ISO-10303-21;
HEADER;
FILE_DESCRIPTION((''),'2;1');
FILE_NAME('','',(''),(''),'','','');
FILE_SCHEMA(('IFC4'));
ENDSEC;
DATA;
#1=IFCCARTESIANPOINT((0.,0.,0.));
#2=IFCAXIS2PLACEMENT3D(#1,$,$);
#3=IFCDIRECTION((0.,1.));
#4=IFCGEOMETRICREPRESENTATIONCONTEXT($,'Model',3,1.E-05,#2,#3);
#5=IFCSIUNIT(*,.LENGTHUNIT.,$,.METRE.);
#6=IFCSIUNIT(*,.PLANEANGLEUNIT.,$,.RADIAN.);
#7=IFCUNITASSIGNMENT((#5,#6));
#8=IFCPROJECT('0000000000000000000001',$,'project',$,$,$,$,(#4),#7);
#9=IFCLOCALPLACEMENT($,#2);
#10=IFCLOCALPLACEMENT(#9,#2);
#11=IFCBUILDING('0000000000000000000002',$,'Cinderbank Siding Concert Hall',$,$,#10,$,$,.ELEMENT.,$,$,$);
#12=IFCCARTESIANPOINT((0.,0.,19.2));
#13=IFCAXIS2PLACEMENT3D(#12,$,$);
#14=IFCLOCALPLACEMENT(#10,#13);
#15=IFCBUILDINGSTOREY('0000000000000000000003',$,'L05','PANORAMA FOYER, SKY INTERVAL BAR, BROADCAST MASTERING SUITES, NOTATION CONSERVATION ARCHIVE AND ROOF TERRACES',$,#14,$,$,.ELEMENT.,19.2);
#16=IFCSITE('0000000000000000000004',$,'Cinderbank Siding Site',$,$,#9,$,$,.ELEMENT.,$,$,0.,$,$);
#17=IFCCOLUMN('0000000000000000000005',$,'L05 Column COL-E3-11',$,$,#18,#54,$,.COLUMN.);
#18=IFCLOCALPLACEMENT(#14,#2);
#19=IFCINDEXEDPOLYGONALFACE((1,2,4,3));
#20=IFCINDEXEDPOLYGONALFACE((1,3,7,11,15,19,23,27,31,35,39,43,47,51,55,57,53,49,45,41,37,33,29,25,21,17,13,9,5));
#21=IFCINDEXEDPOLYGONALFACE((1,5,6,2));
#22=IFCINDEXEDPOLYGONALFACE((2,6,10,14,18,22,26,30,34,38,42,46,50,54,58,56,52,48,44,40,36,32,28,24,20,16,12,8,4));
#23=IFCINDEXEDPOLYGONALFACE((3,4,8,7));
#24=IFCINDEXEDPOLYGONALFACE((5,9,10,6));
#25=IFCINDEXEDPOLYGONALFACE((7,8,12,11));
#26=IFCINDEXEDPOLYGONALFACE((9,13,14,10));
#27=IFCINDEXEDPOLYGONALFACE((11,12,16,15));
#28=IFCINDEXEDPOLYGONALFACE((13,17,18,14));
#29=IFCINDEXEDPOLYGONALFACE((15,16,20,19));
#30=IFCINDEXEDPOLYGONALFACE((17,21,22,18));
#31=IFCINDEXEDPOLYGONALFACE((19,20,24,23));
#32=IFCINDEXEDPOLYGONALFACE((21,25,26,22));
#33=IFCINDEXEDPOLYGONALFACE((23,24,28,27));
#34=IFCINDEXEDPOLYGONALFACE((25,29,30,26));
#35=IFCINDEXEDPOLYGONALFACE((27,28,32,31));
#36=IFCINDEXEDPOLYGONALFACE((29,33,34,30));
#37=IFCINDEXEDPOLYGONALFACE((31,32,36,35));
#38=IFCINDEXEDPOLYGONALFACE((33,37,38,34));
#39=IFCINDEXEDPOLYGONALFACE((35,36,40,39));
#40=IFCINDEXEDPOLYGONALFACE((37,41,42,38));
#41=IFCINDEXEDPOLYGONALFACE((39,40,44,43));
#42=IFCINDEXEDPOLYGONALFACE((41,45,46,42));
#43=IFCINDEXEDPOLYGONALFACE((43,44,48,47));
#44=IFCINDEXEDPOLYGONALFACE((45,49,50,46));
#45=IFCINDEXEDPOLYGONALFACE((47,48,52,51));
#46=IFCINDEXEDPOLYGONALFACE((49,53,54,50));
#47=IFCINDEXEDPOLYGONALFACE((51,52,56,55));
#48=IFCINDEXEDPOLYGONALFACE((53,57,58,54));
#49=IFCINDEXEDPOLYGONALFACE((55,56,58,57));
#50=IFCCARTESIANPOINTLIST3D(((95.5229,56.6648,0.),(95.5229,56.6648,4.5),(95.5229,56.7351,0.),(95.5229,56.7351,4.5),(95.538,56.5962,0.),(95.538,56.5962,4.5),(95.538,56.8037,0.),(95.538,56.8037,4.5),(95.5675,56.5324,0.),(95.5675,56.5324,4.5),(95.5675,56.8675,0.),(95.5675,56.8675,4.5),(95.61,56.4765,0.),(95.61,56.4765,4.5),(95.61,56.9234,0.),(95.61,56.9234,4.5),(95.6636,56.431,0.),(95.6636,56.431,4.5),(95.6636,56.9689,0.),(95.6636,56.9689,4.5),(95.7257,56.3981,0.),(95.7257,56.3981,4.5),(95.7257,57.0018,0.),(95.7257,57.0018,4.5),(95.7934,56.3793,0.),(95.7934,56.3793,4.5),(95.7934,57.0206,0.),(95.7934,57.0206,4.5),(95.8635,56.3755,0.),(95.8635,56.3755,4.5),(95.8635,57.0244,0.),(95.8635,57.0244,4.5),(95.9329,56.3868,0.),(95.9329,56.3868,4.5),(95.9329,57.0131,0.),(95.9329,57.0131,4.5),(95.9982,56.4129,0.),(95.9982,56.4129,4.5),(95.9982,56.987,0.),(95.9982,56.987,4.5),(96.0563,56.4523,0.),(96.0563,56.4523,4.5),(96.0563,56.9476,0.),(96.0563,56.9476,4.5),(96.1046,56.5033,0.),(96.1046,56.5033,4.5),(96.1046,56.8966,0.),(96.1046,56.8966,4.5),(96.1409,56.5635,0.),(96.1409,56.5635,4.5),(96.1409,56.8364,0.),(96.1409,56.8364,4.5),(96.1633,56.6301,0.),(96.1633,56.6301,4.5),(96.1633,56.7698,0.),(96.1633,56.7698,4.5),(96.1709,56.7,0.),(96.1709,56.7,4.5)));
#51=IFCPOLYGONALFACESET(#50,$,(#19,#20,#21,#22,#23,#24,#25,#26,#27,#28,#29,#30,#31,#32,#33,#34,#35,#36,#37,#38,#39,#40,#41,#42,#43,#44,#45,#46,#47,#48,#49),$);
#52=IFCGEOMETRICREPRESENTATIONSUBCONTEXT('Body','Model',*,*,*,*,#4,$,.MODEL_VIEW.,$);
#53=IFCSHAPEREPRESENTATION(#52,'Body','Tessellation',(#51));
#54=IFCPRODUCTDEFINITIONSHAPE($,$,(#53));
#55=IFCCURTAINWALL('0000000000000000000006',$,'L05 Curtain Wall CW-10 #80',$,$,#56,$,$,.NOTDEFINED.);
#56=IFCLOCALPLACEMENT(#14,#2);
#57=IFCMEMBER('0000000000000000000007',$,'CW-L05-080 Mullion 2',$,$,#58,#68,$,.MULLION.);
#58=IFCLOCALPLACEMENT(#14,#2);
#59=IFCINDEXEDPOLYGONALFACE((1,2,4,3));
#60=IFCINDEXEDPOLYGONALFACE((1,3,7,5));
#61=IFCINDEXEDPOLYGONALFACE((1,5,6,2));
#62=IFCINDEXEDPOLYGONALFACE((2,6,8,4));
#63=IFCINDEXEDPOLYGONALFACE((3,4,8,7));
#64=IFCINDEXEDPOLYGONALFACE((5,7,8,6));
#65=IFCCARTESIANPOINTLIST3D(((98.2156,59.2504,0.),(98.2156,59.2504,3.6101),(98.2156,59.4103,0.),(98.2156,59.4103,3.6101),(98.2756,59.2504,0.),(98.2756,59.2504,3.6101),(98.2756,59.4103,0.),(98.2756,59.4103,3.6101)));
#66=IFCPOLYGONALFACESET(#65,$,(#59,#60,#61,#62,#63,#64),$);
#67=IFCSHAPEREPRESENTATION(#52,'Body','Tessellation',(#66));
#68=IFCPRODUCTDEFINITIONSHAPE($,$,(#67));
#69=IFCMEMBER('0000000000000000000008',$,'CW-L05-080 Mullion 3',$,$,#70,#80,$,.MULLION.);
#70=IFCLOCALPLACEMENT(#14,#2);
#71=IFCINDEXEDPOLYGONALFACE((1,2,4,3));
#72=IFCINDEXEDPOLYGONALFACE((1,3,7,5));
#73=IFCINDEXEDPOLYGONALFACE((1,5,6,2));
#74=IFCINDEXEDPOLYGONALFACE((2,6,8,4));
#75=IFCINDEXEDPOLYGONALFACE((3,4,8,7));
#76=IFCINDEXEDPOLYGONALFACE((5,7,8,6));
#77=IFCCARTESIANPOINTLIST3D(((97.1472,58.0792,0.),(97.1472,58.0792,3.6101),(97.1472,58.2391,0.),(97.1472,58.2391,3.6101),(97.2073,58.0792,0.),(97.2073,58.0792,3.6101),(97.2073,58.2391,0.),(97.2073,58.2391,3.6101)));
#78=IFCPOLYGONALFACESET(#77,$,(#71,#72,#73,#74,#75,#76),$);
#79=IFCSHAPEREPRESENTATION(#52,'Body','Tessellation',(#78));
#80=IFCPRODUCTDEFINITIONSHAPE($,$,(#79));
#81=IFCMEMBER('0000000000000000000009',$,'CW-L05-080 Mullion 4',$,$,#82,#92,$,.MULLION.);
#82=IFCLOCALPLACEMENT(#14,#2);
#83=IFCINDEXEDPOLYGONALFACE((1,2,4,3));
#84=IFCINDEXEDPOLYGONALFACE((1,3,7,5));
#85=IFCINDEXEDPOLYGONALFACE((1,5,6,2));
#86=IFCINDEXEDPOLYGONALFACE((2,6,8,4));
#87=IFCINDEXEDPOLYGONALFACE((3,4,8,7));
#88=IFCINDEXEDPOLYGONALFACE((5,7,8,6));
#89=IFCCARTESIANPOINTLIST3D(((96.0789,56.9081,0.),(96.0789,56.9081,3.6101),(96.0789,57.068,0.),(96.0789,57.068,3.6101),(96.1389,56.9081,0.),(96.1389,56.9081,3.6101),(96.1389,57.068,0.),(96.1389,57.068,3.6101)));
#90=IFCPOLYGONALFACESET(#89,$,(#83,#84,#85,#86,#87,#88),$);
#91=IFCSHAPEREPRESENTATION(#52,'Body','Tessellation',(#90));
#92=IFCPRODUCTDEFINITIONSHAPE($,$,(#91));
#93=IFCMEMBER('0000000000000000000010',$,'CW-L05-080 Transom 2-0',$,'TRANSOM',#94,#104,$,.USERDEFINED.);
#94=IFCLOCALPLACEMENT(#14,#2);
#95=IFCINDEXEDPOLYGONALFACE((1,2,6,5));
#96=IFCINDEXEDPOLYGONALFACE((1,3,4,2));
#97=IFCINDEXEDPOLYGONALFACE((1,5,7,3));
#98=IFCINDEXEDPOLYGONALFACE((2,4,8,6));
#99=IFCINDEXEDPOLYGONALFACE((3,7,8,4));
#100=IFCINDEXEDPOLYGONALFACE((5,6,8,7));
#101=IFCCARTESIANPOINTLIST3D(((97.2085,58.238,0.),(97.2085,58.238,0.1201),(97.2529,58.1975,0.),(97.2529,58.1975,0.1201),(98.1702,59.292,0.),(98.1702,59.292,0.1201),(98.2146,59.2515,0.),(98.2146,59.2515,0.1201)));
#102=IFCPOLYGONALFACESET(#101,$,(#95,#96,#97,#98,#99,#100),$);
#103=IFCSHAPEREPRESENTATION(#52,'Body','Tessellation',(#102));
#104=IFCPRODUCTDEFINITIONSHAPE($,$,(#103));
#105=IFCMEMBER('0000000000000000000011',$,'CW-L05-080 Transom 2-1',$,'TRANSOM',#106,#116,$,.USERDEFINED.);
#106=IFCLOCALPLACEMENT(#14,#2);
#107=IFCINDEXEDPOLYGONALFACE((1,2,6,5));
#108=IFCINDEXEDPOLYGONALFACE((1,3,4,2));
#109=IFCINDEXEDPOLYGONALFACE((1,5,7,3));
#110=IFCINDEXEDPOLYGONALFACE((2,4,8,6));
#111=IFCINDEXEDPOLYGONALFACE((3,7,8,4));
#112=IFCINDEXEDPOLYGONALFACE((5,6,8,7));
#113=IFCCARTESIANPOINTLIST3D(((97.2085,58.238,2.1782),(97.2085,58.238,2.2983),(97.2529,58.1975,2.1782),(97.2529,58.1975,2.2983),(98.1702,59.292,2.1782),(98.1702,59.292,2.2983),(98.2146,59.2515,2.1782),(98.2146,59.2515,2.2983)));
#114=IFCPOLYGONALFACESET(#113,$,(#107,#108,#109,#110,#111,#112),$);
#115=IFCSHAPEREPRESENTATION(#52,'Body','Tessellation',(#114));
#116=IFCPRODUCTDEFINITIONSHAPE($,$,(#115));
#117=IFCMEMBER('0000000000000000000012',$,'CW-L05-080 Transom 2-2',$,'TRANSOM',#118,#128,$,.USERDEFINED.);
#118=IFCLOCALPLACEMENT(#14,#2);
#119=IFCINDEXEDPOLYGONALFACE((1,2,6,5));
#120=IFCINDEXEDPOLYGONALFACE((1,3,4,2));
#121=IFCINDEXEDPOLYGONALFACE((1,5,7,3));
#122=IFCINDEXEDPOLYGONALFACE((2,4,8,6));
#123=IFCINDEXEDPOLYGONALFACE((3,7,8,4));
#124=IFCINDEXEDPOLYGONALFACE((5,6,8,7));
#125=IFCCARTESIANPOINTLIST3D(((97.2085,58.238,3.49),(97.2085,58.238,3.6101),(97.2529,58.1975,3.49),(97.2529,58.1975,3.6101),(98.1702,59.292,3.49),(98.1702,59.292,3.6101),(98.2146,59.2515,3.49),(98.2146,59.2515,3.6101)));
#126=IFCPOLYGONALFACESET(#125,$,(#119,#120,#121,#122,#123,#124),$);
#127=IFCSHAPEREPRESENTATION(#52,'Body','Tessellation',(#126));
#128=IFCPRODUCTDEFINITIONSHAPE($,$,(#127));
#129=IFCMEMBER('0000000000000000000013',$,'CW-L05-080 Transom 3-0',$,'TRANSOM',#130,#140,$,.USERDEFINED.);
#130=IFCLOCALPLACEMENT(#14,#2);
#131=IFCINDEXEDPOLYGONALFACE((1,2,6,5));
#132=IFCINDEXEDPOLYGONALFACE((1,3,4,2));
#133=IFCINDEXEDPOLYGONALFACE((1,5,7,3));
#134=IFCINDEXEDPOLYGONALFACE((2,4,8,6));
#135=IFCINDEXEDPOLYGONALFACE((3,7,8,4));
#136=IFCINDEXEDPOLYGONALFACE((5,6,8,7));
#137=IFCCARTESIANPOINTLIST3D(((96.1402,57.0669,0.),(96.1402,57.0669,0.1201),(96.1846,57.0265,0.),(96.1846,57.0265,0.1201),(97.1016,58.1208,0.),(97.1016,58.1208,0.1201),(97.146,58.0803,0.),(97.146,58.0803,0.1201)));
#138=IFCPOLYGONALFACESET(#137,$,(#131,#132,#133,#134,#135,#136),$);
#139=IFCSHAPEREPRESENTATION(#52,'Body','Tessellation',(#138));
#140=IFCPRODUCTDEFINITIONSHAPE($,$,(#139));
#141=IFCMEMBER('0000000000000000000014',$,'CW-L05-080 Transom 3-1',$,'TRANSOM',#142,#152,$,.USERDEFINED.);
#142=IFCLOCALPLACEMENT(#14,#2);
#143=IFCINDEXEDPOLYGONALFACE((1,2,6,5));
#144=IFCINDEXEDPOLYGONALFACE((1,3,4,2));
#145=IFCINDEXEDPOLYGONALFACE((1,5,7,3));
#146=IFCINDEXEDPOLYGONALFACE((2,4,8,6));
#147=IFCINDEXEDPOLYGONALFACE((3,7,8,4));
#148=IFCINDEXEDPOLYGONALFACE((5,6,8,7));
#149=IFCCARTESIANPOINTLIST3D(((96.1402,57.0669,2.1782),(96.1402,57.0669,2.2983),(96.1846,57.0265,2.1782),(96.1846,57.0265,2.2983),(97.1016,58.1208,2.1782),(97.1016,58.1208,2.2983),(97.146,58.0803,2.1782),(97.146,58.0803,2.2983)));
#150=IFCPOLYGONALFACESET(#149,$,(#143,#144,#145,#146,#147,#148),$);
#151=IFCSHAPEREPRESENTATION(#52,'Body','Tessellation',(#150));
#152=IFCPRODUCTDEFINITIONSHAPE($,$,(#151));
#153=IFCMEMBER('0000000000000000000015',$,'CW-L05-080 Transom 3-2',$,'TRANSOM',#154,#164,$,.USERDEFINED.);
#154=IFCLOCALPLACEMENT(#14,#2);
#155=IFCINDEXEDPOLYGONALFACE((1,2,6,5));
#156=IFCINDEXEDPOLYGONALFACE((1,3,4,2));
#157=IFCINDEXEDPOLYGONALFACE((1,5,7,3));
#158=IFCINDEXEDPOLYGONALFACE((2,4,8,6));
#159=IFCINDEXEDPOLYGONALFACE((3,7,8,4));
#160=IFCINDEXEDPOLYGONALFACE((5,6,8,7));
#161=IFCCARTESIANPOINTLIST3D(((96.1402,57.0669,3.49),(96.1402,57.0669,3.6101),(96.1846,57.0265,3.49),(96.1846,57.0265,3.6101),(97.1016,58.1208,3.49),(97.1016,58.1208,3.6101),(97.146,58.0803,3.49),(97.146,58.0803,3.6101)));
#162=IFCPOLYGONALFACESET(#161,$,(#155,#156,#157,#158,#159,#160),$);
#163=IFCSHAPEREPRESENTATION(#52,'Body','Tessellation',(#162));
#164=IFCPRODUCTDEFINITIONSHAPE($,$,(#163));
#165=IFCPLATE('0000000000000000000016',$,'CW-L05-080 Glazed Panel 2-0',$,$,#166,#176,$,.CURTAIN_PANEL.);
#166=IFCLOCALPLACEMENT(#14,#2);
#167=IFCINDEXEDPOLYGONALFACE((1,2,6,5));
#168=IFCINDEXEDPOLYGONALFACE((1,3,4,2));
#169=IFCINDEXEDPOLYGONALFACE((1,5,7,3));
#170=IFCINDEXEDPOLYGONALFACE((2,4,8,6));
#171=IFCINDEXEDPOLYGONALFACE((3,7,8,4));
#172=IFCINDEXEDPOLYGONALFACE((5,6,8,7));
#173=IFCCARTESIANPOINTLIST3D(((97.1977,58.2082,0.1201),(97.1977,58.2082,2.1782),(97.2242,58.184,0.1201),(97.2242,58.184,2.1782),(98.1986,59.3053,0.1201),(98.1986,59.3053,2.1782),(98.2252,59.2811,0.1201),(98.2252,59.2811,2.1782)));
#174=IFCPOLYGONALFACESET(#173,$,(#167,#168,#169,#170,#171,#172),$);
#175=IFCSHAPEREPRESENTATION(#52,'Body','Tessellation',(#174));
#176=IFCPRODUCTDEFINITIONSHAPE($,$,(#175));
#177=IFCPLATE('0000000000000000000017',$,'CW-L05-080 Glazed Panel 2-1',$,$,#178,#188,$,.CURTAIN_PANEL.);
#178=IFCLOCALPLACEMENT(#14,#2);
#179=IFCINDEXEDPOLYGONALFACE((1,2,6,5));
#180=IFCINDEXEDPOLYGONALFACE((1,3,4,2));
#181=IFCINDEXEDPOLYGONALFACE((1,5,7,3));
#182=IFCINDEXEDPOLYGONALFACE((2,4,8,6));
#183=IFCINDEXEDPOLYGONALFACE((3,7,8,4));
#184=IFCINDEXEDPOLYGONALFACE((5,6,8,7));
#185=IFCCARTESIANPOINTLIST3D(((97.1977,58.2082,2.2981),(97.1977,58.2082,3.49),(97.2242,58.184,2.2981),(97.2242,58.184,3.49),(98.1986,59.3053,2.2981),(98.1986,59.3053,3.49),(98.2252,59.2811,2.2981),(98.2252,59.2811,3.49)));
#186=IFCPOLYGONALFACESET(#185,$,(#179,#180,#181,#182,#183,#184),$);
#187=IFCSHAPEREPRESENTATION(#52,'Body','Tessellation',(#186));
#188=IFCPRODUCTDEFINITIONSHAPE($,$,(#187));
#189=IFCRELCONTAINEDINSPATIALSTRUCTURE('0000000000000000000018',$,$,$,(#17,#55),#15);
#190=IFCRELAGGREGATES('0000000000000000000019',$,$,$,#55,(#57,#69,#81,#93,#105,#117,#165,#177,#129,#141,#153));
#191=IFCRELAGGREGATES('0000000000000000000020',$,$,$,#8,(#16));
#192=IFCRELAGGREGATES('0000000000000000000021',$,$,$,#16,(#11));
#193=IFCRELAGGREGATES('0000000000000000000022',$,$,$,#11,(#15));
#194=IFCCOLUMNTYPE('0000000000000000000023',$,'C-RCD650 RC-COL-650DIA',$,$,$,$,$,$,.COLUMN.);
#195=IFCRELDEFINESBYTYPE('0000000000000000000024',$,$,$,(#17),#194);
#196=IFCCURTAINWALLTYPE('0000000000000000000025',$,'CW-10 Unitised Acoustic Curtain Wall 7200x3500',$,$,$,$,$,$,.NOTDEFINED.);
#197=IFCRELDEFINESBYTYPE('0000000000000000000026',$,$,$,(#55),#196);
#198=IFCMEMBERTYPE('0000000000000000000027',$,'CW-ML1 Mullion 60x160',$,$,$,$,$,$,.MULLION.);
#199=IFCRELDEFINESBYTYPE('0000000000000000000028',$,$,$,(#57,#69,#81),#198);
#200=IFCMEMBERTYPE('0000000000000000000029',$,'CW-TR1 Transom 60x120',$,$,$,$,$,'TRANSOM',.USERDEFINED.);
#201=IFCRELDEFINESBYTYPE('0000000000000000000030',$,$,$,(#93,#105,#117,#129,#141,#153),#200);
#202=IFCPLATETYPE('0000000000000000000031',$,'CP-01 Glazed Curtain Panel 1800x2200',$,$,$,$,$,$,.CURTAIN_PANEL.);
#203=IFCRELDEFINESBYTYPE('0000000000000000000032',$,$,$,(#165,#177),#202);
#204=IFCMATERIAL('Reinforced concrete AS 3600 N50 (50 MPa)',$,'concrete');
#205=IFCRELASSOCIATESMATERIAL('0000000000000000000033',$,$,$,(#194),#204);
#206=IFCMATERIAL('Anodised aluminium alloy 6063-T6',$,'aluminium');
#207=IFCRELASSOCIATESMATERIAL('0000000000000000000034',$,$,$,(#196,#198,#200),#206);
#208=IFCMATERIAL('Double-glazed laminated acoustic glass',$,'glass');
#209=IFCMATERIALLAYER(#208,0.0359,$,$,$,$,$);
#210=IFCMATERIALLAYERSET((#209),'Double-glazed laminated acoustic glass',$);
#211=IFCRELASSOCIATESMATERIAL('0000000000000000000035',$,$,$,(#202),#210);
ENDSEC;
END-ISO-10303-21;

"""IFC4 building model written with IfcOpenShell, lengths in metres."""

from ifc_helpers import new_model, si_unit, direction, frame, origin, origin_2d, place, context, subcontext, project, spatial, rectangle, circle, extrude, material, layer, layer_set, material_profile, profile_set, type_object, element, aggregate, save


model = new_model("IFC4")

# Units and contexts
model_context = context("Model", 3, precision=1e-05, world=origin(), true_north=direction((0.0, 1.0)))
body_context = subcontext(model_context, "Body", "Model", "MODEL_VIEW")
ifc_project = project(units=[si_unit("LENGTHUNIT", "METRE"), si_unit("PLANEANGLEUNIT", "RADIAN")], contexts=[model_context])

# Site, building, storey
site_placement = place(None, origin())
site = spatial("IfcSite", under=ifc_project, at=site_placement, Name="Cinderbank Siding Site", CompositionType="ELEMENT", RefElevation=0.0)
building_placement = place(site_placement, origin())
building = spatial("IfcBuilding", under=site, at=building_placement, Name="Cinderbank Siding Concert Hall", CompositionType="ELEMENT")
storey_placement = place(building_placement, frame((0.0, 0.0, 19.2)))
storey = spatial("IfcBuildingStorey", under=building, at=storey_placement, Name="L05", Description="PANORAMA FOYER, SKY INTERVAL BAR, BROADCAST MASTERING SUITES, NOTATION CONSERVATION ARCHIVE AND ROOF TERRACES", CompositionType="ELEMENT", Elevation=19.2)

# Column
ifc_material_1 = material(Name="Reinforced concrete AS 3600 N50 (50 MPa)", Category="concrete")
ifc_material_profile_1 = material_profile(ifc_material_1, circle(Radius=0.325, at=origin_2d()), Name="RC-COL-650DIA", Category="LoadBearing")
ifc_profile_set_1 = profile_set([ifc_material_profile_1], Name="Reinforced concrete AS 3600 N50 (50 MPa)")
column_type = type_object("IfcColumnType", Name="C-RCD650 RC-COL-650DIA", PredefinedType="COLUMN", material=ifc_profile_set_1)
column_placement = place(storey_placement, frame((95.8459, 56.7, 0.0), z_axis=(0.0, 0.0, 1.0), x_axis=(1.0, 0.0, 0.0)))
element("IfcColumn", 1, at=column_placement, inside=storey, type_object=column_type, Name="L05 Column COL-E3-11", PredefinedType="COLUMN", context=body_context, shape_type="SweptSolid", body=[
    extrude(circle(Radius=0.325, at=origin_2d()), origin(), (0.0, 0.0, 1.0), 4.5),
])

# Curtain wall, members, plates
ifc_material_2 = material(Name="Anodised aluminium alloy 6063-T6", Category="aluminium")
curtain_wall_type = type_object("IfcCurtainWallType", Name="CW-10 Unitised Acoustic Curtain Wall 7200x3500", PredefinedType="NOTDEFINED", material=ifc_material_2)
curtain_wall_placement = place(storey_placement, origin())
curtain_wall = element("IfcCurtainWall", 2, at=curtain_wall_placement, inside=storey, type_object=curtain_wall_type, Name="L05 Curtain Wall CW-10 #80", PredefinedType="NOTDEFINED")
ifc_material_profile_2 = material_profile(ifc_material_2, rectangle(XDim=0.0601, YDim=0.1599, at=origin_2d()), Name="ALU-MULL-60x160", Category="LoadBearing")
ifc_profile_set_2 = profile_set([ifc_material_profile_2], Name="Anodised aluminium alloy 6063-T6")
member_type_1 = type_object("IfcMemberType", Name="CW-ML1 Mullion 60x160", PredefinedType="MULLION", material=ifc_profile_set_2)
member_1_placement = place(storey_placement, frame((98.2456, 59.3303, 0.0), z_axis=(0.0, 0.0, 1.0), x_axis=(1.0, 0.0, 0.0)))
member_1 = element("IfcMember", 3, at=member_1_placement, type_object=member_type_1, Name="CW-L05-080 Mullion 2", PredefinedType="MULLION", context=body_context, shape_type="SweptSolid", body=[
    extrude(rectangle(XDim=0.0601, YDim=0.1599, at=origin_2d()), origin(), (0.0, 0.0, 1.0), 3.6101),
])
member_2_placement = place(storey_placement, frame((97.1772, 58.1592, 0.0), z_axis=(0.0, 0.0, 1.0), x_axis=(1.0, 0.0, 0.0)))
member_2 = element("IfcMember", 4, at=member_2_placement, type_object=member_type_1, Name="CW-L05-080 Mullion 3", PredefinedType="MULLION", context=body_context, shape_type="SweptSolid", body=[
    extrude(rectangle(XDim=0.0601, YDim=0.1599, at=origin_2d()), origin(), (0.0, 0.0, 1.0), 3.6101),
])
member_3_placement = place(storey_placement, frame((96.1089, 56.988, 0.0), z_axis=(0.0, 0.0, 1.0), x_axis=(1.0, 0.0, 0.0)))
member_3 = element("IfcMember", 5, at=member_3_placement, type_object=member_type_1, Name="CW-L05-080 Mullion 4", PredefinedType="MULLION", context=body_context, shape_type="SweptSolid", body=[
    extrude(rectangle(XDim=0.0601, YDim=0.1599, at=origin_2d()), origin(), (0.0, 0.0, 1.0), 3.6101),
])
ifc_material_profile_3 = material_profile(ifc_material_2, rectangle(XDim=0.0601, YDim=0.1201, at=origin_2d()), Name="ALU-TRAN-60x120", Category="LoadBearing")
ifc_profile_set_3 = profile_set([ifc_material_profile_3], Name="Anodised aluminium alloy 6063-T6")
member_type_2 = type_object("IfcMemberType", Name="CW-TR1 Transom 60x120", ElementType="TRANSOM", PredefinedType="USERDEFINED", material=ifc_profile_set_3)
member_4_placement = place(storey_placement, frame((98.1924, 59.2717, 0.0601), z_axis=(-0.674026, -0.738708, 0.0), x_axis=(0.738708, -0.674026, 0.0)))
member_4 = element("IfcMember", 6, at=member_4_placement, type_object=member_type_2, Name="CW-L05-080 Transom 2-0", ObjectType="TRANSOM", PredefinedType="USERDEFINED", context=body_context, shape_type="SweptSolid", body=[
    extrude(rectangle(XDim=0.0601, YDim=0.1201, at=origin_2d()), origin(), (0.0, 0.0, 1.0), 1.4268),
])
member_5_placement = place(storey_placement, frame((98.1924, 59.2717, 2.2383), z_axis=(-0.674026, -0.738708, 0.0), x_axis=(0.738708, -0.674026, 0.0)))
member_5 = element("IfcMember", 7, at=member_5_placement, type_object=member_type_2, Name="CW-L05-080 Transom 2-1", ObjectType="TRANSOM", PredefinedType="USERDEFINED", context=body_context, shape_type="SweptSolid", body=[
    extrude(rectangle(XDim=0.0601, YDim=0.1201, at=origin_2d()), origin(), (0.0, 0.0, 1.0), 1.4268),
])
member_6_placement = place(storey_placement, frame((98.1924, 59.2717, 3.55), z_axis=(-0.674026, -0.738708, 0.0), x_axis=(0.738708, -0.674026, 0.0)))
member_6 = element("IfcMember", 8, at=member_6_placement, type_object=member_type_2, Name="CW-L05-080 Transom 2-2", ObjectType="TRANSOM", PredefinedType="USERDEFINED", context=body_context, shape_type="SweptSolid", body=[
    extrude(rectangle(XDim=0.0601, YDim=0.1201, at=origin_2d()), origin(), (0.0, 0.0, 1.0), 1.4268),
])
member_7_placement = place(storey_placement, frame((97.1238, 58.1006, 0.0601), z_axis=(-0.673932, -0.738793, 0.0), x_axis=(0.738793, -0.673932, 0.0)))
member_7 = element("IfcMember", 9, at=member_7_placement, type_object=member_type_2, Name="CW-L05-080 Transom 3-0", ObjectType="TRANSOM", PredefinedType="USERDEFINED", context=body_context, shape_type="SweptSolid", body=[
    extrude(rectangle(XDim=0.0601, YDim=0.1201, at=origin_2d()), origin(), (0.0, 0.0, 1.0), 1.4265),
])
member_8_placement = place(storey_placement, frame((97.1238, 58.1006, 2.2383), z_axis=(-0.673932, -0.738793, 0.0), x_axis=(0.738793, -0.673932, 0.0)))
member_8 = element("IfcMember", 10, at=member_8_placement, type_object=member_type_2, Name="CW-L05-080 Transom 3-1", ObjectType="TRANSOM", PredefinedType="USERDEFINED", context=body_context, shape_type="SweptSolid", body=[
    extrude(rectangle(XDim=0.0601, YDim=0.1201, at=origin_2d()), origin(), (0.0, 0.0, 1.0), 1.4265),
])
member_9_placement = place(storey_placement, frame((97.1238, 58.1006, 3.55), z_axis=(-0.673932, -0.738793, 0.0), x_axis=(0.738793, -0.673932, 0.0)))
member_9 = element("IfcMember", 11, at=member_9_placement, type_object=member_type_2, Name="CW-L05-080 Transom 3-2", ObjectType="TRANSOM", PredefinedType="USERDEFINED", context=body_context, shape_type="SweptSolid", body=[
    extrude(rectangle(XDim=0.0601, YDim=0.1201, at=origin_2d()), origin(), (0.0, 0.0, 1.0), 1.4265),
])
ifc_material_3 = material(Name="Double-glazed laminated acoustic glass", Category="glass")
ifc_layer_1 = layer(ifc_material_3, 0.0359)
ifc_layer_set_1 = layer_set([ifc_layer_1], Name="Double-glazed laminated acoustic glass")
plate_type = type_object("IfcPlateType", Name="CP-01 Glazed Curtain Panel 1800x2200", PredefinedType="CURTAIN_PANEL", material=ifc_layer_set_1)
plate_1_placement = place(storey_placement, frame((97.7114, 58.7446, 0.1201), z_axis=(0.0, 0.0, 1.0), x_axis=(-0.673989, -0.738742, 0.0)))
plate_1 = element("IfcPlate", 12, at=plate_1_placement, type_object=plate_type, Name="CW-L05-080 Glazed Panel 2-0", PredefinedType="CURTAIN_PANEL", context=body_context, shape_type="SweptSolid", body=[
    extrude(rectangle(XDim=1.4851, YDim=0.0359, at=origin_2d()), origin(), (0.0, 0.0, 1.0), 2.0581),
])
plate_2_placement = place(storey_placement, frame((97.7114, 58.7446, 2.2981), z_axis=(0.0, 0.0, 1.0), x_axis=(-0.673989, -0.738742, 0.0)))
plate_2 = element("IfcPlate", 13, at=plate_2_placement, type_object=plate_type, Name="CW-L05-080 Glazed Panel 2-1", PredefinedType="CURTAIN_PANEL", context=body_context, shape_type="SweptSolid", body=[
    extrude(rectangle(XDim=1.4851, YDim=0.0359, at=origin_2d()), origin(), (0.0, 0.0, 1.0), 1.1919),
])
aggregate(curtain_wall, [member_1, member_2, member_3, member_4, member_5, member_6, plate_1, plate_2, member_7, member_8, member_9])

save(model, "model.ifc")
